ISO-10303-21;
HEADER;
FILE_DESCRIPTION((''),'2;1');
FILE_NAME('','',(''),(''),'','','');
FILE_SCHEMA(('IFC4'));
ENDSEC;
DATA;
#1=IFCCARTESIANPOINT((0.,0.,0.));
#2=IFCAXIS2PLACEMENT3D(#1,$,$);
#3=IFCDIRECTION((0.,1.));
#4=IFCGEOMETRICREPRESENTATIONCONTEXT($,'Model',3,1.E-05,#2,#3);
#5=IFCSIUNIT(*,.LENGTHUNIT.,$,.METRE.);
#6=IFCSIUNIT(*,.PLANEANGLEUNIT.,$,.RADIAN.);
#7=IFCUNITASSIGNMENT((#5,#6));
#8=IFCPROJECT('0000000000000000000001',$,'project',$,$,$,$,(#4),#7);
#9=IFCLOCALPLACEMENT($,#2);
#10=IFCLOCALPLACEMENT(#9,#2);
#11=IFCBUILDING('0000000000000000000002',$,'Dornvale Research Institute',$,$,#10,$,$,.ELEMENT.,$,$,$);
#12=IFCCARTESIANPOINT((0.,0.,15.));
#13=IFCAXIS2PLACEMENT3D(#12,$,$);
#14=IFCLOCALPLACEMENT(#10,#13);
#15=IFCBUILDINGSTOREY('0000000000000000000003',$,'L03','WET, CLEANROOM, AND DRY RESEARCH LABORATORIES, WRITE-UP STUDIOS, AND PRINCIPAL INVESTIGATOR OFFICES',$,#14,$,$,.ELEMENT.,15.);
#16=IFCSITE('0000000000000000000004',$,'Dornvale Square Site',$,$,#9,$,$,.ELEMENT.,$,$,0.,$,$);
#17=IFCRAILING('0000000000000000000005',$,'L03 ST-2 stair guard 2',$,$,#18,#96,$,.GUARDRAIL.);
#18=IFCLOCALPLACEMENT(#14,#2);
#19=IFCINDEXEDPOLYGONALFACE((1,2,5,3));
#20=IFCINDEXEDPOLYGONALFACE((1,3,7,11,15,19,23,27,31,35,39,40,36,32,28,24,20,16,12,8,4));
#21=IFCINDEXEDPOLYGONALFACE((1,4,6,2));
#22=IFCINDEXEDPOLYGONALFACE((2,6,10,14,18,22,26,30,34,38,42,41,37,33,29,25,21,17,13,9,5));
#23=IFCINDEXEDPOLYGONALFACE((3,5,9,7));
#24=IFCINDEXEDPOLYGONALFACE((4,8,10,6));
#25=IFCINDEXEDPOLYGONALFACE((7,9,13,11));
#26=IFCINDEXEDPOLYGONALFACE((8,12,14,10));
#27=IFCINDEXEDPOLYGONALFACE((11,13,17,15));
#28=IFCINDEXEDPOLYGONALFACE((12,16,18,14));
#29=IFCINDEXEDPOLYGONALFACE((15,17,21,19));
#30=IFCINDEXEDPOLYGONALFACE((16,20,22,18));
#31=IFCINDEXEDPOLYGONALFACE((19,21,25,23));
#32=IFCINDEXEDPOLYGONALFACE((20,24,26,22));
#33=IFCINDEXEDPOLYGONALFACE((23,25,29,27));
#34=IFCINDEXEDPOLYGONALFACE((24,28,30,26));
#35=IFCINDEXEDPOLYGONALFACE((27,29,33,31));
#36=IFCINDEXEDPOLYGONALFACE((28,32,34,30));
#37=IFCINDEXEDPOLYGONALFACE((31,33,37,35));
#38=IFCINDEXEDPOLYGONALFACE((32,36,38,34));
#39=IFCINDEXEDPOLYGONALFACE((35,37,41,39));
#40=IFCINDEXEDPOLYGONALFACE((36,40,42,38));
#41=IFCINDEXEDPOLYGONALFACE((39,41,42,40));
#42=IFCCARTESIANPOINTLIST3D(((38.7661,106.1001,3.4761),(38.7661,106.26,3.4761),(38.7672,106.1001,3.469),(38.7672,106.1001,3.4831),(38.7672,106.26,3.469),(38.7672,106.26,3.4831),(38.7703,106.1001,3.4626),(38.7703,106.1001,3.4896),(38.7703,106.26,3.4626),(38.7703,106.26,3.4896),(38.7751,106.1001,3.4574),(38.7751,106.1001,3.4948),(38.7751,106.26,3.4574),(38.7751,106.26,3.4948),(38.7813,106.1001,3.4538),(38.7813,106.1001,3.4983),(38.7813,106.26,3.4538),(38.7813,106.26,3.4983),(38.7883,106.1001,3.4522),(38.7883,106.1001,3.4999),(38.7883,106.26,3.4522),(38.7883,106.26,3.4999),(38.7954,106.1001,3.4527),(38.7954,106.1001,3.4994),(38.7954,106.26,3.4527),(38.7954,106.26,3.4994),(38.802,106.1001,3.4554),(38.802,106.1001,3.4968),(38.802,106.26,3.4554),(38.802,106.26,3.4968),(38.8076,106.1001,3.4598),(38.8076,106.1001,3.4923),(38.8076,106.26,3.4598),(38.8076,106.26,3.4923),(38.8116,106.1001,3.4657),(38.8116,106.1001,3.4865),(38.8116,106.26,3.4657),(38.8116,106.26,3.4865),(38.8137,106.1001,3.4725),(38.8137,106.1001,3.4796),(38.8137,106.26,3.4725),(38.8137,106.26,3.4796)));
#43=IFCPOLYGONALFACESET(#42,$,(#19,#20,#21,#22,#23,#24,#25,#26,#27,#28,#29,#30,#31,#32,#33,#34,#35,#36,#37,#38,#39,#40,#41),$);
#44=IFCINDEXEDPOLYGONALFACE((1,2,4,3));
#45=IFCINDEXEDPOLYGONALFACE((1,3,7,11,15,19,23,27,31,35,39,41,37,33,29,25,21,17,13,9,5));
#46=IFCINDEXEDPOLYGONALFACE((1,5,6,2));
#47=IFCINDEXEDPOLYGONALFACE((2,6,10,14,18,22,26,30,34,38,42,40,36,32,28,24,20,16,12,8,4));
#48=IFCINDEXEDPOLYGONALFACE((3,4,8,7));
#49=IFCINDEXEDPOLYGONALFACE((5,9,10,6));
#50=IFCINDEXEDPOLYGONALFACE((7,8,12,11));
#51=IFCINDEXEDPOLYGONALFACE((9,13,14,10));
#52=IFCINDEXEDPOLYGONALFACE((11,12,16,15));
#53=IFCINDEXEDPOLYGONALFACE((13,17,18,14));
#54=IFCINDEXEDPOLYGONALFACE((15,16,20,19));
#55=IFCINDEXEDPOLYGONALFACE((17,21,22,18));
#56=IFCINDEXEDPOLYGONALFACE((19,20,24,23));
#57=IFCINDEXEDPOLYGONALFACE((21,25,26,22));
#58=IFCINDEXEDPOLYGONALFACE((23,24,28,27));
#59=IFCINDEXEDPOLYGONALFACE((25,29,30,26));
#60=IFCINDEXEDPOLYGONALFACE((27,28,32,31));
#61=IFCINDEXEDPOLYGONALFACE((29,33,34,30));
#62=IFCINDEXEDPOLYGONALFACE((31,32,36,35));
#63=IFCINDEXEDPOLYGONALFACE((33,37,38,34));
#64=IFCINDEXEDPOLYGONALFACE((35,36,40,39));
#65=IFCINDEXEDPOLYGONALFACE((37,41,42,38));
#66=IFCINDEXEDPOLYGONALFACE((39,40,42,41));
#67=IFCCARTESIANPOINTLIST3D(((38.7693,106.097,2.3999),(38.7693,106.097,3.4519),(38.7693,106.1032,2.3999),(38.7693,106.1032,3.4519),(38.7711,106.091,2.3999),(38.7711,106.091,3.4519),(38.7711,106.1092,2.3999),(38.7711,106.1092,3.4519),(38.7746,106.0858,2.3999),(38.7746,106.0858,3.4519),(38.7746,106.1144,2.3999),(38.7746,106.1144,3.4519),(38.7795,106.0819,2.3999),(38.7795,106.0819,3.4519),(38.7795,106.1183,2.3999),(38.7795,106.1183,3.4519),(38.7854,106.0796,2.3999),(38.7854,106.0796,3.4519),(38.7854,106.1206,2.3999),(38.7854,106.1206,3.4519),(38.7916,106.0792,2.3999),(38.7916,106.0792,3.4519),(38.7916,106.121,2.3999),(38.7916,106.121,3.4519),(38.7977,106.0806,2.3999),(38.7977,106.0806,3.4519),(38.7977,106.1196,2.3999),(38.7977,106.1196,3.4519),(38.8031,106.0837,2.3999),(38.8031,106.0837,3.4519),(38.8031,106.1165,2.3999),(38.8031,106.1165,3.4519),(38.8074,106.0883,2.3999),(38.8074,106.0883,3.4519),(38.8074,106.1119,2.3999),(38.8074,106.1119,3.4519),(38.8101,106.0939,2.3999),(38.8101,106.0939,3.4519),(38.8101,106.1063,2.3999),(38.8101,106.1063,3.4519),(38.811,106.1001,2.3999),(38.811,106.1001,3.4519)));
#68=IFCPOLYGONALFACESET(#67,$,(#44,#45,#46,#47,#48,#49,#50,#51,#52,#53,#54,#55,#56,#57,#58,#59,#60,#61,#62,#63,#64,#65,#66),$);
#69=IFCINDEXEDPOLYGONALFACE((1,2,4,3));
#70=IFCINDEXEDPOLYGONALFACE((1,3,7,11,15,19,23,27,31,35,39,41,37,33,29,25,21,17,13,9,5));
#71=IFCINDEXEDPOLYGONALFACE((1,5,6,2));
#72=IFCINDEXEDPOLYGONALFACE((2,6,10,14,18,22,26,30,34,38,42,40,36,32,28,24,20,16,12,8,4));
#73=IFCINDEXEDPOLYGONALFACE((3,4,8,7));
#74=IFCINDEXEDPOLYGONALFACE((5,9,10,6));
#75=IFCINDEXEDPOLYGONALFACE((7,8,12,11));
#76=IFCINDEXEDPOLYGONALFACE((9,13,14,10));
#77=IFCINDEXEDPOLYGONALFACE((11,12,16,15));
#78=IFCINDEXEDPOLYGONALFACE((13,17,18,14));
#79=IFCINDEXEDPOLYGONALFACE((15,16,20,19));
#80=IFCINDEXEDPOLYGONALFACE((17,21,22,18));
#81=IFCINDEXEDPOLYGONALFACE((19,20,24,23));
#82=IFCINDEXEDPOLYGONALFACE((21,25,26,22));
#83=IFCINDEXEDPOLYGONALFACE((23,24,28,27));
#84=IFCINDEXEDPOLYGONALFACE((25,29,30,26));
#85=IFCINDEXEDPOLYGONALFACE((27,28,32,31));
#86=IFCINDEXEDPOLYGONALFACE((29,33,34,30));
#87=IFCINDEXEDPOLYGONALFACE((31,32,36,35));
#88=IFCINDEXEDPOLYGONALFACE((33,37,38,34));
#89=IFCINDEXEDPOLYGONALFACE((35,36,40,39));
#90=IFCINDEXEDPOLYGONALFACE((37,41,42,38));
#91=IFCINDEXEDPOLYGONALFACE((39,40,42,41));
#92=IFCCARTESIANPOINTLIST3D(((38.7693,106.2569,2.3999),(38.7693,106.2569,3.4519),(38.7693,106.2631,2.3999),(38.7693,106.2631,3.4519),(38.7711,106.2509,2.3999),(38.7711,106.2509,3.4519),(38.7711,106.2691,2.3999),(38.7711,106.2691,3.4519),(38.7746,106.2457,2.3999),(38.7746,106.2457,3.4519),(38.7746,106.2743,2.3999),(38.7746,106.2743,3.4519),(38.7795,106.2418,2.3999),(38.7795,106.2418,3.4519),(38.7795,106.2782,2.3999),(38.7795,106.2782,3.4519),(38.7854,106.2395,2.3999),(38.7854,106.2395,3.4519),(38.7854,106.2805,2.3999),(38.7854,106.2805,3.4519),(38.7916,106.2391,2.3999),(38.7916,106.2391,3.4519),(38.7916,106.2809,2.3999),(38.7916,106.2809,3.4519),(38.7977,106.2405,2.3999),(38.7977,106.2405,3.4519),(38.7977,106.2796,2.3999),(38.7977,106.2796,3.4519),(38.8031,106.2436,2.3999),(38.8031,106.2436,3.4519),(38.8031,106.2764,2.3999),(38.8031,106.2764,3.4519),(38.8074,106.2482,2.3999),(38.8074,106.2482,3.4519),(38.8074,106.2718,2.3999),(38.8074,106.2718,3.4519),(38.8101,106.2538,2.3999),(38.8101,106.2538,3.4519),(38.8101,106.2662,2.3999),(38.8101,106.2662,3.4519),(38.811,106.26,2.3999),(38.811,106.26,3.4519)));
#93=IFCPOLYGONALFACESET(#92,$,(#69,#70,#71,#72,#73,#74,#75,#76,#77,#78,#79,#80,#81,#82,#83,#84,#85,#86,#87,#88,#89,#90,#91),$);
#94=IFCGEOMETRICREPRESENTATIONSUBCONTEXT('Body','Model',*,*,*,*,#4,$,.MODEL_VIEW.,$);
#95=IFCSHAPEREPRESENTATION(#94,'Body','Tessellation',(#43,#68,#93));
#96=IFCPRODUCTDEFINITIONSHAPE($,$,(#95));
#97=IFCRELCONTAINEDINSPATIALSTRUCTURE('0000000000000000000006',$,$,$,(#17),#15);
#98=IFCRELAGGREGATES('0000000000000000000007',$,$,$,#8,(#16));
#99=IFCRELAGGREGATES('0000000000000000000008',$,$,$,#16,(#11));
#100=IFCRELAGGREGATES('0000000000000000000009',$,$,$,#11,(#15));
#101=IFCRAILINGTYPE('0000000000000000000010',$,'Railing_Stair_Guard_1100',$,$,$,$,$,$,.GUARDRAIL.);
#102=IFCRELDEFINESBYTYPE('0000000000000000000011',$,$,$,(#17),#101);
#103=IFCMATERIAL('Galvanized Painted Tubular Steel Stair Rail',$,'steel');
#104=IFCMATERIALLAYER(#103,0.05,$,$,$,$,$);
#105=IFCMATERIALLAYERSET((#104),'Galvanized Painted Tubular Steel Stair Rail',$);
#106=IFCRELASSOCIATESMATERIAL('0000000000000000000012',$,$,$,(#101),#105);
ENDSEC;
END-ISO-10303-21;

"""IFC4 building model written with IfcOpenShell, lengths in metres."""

from ifc_helpers import new_model, si_unit, direction, frame, origin, origin_2d, place, context, subcontext, project, spatial, circle, extrude, material, layer, layer_set, type_object, element, save


model = new_model("IFC4")

# Units and contexts
model_context = context("Model", 3, precision=1e-05, world=origin(), true_north=direction((0.0, 1.0)))
body_context = subcontext(model_context, "Body", "Model", "MODEL_VIEW")
ifc_project = project(units=[si_unit("LENGTHUNIT", "METRE"), si_unit("PLANEANGLEUNIT", "RADIAN")], contexts=[model_context])

# Site, building, storey
site_placement = place(None, origin())
site = spatial("IfcSite", under=ifc_project, at=site_placement, Name="Dornvale Square Site", CompositionType="ELEMENT", RefElevation=0.0)
building_placement = place(site_placement, origin())
building = spatial("IfcBuilding", under=site, at=building_placement, Name="Dornvale Research Institute", CompositionType="ELEMENT")
storey_placement = place(building_placement, frame((0.0, 0.0, 15.0)))
storey = spatial("IfcBuildingStorey", under=building, at=storey_placement, Name="L03", Description="WET, CLEANROOM, AND DRY RESEARCH LABORATORIES, WRITE-UP STUDIOS, AND PRINCIPAL INVESTIGATOR OFFICES", CompositionType="ELEMENT", Elevation=15.0)

# Railing
ifc_material_1 = material(Name="Galvanized Painted Tubular Steel Stair Rail", Category="steel")
ifc_layer_1 = layer(ifc_material_1, 0.05)
ifc_layer_set_1 = layer_set([ifc_layer_1], Name="Galvanized Painted Tubular Steel Stair Rail")
railing_type_1 = type_object("IfcRailingType", Name="Railing_Stair_Guard_1100", PredefinedType="GUARDRAIL", material=ifc_layer_set_1)
railing_1_placement = place(storey_placement, frame((38.79, 106.1001, 2.3999)))
element("IfcRailing", 1, at=railing_1_placement, inside=storey, type_object=railing_type_1, Name="L03 ST-2 stair guard 2", PredefinedType="GUARDRAIL", context=body_context, shape_type="SweptSolid", body=[
    extrude(circle(Radius=0.0239, at=origin_2d()), frame((0.0, 0.0, 1.0762), z_axis=(0.0, 1.0, 0.0), x_axis=(-1.0, 0.0, 0.0)), (0.0, 0.0, 1.0), 0.1599),
    extrude(circle(Radius=0.021, at=origin_2d()), origin(), (0.0, 0.0, 1.0), 1.052),
    extrude(circle(Radius=0.021, at=origin_2d()), frame((0.0, 0.1599, 0.0)), (0.0, 0.0, 1.0), 1.052),
])

save(model, "model.ifc")
